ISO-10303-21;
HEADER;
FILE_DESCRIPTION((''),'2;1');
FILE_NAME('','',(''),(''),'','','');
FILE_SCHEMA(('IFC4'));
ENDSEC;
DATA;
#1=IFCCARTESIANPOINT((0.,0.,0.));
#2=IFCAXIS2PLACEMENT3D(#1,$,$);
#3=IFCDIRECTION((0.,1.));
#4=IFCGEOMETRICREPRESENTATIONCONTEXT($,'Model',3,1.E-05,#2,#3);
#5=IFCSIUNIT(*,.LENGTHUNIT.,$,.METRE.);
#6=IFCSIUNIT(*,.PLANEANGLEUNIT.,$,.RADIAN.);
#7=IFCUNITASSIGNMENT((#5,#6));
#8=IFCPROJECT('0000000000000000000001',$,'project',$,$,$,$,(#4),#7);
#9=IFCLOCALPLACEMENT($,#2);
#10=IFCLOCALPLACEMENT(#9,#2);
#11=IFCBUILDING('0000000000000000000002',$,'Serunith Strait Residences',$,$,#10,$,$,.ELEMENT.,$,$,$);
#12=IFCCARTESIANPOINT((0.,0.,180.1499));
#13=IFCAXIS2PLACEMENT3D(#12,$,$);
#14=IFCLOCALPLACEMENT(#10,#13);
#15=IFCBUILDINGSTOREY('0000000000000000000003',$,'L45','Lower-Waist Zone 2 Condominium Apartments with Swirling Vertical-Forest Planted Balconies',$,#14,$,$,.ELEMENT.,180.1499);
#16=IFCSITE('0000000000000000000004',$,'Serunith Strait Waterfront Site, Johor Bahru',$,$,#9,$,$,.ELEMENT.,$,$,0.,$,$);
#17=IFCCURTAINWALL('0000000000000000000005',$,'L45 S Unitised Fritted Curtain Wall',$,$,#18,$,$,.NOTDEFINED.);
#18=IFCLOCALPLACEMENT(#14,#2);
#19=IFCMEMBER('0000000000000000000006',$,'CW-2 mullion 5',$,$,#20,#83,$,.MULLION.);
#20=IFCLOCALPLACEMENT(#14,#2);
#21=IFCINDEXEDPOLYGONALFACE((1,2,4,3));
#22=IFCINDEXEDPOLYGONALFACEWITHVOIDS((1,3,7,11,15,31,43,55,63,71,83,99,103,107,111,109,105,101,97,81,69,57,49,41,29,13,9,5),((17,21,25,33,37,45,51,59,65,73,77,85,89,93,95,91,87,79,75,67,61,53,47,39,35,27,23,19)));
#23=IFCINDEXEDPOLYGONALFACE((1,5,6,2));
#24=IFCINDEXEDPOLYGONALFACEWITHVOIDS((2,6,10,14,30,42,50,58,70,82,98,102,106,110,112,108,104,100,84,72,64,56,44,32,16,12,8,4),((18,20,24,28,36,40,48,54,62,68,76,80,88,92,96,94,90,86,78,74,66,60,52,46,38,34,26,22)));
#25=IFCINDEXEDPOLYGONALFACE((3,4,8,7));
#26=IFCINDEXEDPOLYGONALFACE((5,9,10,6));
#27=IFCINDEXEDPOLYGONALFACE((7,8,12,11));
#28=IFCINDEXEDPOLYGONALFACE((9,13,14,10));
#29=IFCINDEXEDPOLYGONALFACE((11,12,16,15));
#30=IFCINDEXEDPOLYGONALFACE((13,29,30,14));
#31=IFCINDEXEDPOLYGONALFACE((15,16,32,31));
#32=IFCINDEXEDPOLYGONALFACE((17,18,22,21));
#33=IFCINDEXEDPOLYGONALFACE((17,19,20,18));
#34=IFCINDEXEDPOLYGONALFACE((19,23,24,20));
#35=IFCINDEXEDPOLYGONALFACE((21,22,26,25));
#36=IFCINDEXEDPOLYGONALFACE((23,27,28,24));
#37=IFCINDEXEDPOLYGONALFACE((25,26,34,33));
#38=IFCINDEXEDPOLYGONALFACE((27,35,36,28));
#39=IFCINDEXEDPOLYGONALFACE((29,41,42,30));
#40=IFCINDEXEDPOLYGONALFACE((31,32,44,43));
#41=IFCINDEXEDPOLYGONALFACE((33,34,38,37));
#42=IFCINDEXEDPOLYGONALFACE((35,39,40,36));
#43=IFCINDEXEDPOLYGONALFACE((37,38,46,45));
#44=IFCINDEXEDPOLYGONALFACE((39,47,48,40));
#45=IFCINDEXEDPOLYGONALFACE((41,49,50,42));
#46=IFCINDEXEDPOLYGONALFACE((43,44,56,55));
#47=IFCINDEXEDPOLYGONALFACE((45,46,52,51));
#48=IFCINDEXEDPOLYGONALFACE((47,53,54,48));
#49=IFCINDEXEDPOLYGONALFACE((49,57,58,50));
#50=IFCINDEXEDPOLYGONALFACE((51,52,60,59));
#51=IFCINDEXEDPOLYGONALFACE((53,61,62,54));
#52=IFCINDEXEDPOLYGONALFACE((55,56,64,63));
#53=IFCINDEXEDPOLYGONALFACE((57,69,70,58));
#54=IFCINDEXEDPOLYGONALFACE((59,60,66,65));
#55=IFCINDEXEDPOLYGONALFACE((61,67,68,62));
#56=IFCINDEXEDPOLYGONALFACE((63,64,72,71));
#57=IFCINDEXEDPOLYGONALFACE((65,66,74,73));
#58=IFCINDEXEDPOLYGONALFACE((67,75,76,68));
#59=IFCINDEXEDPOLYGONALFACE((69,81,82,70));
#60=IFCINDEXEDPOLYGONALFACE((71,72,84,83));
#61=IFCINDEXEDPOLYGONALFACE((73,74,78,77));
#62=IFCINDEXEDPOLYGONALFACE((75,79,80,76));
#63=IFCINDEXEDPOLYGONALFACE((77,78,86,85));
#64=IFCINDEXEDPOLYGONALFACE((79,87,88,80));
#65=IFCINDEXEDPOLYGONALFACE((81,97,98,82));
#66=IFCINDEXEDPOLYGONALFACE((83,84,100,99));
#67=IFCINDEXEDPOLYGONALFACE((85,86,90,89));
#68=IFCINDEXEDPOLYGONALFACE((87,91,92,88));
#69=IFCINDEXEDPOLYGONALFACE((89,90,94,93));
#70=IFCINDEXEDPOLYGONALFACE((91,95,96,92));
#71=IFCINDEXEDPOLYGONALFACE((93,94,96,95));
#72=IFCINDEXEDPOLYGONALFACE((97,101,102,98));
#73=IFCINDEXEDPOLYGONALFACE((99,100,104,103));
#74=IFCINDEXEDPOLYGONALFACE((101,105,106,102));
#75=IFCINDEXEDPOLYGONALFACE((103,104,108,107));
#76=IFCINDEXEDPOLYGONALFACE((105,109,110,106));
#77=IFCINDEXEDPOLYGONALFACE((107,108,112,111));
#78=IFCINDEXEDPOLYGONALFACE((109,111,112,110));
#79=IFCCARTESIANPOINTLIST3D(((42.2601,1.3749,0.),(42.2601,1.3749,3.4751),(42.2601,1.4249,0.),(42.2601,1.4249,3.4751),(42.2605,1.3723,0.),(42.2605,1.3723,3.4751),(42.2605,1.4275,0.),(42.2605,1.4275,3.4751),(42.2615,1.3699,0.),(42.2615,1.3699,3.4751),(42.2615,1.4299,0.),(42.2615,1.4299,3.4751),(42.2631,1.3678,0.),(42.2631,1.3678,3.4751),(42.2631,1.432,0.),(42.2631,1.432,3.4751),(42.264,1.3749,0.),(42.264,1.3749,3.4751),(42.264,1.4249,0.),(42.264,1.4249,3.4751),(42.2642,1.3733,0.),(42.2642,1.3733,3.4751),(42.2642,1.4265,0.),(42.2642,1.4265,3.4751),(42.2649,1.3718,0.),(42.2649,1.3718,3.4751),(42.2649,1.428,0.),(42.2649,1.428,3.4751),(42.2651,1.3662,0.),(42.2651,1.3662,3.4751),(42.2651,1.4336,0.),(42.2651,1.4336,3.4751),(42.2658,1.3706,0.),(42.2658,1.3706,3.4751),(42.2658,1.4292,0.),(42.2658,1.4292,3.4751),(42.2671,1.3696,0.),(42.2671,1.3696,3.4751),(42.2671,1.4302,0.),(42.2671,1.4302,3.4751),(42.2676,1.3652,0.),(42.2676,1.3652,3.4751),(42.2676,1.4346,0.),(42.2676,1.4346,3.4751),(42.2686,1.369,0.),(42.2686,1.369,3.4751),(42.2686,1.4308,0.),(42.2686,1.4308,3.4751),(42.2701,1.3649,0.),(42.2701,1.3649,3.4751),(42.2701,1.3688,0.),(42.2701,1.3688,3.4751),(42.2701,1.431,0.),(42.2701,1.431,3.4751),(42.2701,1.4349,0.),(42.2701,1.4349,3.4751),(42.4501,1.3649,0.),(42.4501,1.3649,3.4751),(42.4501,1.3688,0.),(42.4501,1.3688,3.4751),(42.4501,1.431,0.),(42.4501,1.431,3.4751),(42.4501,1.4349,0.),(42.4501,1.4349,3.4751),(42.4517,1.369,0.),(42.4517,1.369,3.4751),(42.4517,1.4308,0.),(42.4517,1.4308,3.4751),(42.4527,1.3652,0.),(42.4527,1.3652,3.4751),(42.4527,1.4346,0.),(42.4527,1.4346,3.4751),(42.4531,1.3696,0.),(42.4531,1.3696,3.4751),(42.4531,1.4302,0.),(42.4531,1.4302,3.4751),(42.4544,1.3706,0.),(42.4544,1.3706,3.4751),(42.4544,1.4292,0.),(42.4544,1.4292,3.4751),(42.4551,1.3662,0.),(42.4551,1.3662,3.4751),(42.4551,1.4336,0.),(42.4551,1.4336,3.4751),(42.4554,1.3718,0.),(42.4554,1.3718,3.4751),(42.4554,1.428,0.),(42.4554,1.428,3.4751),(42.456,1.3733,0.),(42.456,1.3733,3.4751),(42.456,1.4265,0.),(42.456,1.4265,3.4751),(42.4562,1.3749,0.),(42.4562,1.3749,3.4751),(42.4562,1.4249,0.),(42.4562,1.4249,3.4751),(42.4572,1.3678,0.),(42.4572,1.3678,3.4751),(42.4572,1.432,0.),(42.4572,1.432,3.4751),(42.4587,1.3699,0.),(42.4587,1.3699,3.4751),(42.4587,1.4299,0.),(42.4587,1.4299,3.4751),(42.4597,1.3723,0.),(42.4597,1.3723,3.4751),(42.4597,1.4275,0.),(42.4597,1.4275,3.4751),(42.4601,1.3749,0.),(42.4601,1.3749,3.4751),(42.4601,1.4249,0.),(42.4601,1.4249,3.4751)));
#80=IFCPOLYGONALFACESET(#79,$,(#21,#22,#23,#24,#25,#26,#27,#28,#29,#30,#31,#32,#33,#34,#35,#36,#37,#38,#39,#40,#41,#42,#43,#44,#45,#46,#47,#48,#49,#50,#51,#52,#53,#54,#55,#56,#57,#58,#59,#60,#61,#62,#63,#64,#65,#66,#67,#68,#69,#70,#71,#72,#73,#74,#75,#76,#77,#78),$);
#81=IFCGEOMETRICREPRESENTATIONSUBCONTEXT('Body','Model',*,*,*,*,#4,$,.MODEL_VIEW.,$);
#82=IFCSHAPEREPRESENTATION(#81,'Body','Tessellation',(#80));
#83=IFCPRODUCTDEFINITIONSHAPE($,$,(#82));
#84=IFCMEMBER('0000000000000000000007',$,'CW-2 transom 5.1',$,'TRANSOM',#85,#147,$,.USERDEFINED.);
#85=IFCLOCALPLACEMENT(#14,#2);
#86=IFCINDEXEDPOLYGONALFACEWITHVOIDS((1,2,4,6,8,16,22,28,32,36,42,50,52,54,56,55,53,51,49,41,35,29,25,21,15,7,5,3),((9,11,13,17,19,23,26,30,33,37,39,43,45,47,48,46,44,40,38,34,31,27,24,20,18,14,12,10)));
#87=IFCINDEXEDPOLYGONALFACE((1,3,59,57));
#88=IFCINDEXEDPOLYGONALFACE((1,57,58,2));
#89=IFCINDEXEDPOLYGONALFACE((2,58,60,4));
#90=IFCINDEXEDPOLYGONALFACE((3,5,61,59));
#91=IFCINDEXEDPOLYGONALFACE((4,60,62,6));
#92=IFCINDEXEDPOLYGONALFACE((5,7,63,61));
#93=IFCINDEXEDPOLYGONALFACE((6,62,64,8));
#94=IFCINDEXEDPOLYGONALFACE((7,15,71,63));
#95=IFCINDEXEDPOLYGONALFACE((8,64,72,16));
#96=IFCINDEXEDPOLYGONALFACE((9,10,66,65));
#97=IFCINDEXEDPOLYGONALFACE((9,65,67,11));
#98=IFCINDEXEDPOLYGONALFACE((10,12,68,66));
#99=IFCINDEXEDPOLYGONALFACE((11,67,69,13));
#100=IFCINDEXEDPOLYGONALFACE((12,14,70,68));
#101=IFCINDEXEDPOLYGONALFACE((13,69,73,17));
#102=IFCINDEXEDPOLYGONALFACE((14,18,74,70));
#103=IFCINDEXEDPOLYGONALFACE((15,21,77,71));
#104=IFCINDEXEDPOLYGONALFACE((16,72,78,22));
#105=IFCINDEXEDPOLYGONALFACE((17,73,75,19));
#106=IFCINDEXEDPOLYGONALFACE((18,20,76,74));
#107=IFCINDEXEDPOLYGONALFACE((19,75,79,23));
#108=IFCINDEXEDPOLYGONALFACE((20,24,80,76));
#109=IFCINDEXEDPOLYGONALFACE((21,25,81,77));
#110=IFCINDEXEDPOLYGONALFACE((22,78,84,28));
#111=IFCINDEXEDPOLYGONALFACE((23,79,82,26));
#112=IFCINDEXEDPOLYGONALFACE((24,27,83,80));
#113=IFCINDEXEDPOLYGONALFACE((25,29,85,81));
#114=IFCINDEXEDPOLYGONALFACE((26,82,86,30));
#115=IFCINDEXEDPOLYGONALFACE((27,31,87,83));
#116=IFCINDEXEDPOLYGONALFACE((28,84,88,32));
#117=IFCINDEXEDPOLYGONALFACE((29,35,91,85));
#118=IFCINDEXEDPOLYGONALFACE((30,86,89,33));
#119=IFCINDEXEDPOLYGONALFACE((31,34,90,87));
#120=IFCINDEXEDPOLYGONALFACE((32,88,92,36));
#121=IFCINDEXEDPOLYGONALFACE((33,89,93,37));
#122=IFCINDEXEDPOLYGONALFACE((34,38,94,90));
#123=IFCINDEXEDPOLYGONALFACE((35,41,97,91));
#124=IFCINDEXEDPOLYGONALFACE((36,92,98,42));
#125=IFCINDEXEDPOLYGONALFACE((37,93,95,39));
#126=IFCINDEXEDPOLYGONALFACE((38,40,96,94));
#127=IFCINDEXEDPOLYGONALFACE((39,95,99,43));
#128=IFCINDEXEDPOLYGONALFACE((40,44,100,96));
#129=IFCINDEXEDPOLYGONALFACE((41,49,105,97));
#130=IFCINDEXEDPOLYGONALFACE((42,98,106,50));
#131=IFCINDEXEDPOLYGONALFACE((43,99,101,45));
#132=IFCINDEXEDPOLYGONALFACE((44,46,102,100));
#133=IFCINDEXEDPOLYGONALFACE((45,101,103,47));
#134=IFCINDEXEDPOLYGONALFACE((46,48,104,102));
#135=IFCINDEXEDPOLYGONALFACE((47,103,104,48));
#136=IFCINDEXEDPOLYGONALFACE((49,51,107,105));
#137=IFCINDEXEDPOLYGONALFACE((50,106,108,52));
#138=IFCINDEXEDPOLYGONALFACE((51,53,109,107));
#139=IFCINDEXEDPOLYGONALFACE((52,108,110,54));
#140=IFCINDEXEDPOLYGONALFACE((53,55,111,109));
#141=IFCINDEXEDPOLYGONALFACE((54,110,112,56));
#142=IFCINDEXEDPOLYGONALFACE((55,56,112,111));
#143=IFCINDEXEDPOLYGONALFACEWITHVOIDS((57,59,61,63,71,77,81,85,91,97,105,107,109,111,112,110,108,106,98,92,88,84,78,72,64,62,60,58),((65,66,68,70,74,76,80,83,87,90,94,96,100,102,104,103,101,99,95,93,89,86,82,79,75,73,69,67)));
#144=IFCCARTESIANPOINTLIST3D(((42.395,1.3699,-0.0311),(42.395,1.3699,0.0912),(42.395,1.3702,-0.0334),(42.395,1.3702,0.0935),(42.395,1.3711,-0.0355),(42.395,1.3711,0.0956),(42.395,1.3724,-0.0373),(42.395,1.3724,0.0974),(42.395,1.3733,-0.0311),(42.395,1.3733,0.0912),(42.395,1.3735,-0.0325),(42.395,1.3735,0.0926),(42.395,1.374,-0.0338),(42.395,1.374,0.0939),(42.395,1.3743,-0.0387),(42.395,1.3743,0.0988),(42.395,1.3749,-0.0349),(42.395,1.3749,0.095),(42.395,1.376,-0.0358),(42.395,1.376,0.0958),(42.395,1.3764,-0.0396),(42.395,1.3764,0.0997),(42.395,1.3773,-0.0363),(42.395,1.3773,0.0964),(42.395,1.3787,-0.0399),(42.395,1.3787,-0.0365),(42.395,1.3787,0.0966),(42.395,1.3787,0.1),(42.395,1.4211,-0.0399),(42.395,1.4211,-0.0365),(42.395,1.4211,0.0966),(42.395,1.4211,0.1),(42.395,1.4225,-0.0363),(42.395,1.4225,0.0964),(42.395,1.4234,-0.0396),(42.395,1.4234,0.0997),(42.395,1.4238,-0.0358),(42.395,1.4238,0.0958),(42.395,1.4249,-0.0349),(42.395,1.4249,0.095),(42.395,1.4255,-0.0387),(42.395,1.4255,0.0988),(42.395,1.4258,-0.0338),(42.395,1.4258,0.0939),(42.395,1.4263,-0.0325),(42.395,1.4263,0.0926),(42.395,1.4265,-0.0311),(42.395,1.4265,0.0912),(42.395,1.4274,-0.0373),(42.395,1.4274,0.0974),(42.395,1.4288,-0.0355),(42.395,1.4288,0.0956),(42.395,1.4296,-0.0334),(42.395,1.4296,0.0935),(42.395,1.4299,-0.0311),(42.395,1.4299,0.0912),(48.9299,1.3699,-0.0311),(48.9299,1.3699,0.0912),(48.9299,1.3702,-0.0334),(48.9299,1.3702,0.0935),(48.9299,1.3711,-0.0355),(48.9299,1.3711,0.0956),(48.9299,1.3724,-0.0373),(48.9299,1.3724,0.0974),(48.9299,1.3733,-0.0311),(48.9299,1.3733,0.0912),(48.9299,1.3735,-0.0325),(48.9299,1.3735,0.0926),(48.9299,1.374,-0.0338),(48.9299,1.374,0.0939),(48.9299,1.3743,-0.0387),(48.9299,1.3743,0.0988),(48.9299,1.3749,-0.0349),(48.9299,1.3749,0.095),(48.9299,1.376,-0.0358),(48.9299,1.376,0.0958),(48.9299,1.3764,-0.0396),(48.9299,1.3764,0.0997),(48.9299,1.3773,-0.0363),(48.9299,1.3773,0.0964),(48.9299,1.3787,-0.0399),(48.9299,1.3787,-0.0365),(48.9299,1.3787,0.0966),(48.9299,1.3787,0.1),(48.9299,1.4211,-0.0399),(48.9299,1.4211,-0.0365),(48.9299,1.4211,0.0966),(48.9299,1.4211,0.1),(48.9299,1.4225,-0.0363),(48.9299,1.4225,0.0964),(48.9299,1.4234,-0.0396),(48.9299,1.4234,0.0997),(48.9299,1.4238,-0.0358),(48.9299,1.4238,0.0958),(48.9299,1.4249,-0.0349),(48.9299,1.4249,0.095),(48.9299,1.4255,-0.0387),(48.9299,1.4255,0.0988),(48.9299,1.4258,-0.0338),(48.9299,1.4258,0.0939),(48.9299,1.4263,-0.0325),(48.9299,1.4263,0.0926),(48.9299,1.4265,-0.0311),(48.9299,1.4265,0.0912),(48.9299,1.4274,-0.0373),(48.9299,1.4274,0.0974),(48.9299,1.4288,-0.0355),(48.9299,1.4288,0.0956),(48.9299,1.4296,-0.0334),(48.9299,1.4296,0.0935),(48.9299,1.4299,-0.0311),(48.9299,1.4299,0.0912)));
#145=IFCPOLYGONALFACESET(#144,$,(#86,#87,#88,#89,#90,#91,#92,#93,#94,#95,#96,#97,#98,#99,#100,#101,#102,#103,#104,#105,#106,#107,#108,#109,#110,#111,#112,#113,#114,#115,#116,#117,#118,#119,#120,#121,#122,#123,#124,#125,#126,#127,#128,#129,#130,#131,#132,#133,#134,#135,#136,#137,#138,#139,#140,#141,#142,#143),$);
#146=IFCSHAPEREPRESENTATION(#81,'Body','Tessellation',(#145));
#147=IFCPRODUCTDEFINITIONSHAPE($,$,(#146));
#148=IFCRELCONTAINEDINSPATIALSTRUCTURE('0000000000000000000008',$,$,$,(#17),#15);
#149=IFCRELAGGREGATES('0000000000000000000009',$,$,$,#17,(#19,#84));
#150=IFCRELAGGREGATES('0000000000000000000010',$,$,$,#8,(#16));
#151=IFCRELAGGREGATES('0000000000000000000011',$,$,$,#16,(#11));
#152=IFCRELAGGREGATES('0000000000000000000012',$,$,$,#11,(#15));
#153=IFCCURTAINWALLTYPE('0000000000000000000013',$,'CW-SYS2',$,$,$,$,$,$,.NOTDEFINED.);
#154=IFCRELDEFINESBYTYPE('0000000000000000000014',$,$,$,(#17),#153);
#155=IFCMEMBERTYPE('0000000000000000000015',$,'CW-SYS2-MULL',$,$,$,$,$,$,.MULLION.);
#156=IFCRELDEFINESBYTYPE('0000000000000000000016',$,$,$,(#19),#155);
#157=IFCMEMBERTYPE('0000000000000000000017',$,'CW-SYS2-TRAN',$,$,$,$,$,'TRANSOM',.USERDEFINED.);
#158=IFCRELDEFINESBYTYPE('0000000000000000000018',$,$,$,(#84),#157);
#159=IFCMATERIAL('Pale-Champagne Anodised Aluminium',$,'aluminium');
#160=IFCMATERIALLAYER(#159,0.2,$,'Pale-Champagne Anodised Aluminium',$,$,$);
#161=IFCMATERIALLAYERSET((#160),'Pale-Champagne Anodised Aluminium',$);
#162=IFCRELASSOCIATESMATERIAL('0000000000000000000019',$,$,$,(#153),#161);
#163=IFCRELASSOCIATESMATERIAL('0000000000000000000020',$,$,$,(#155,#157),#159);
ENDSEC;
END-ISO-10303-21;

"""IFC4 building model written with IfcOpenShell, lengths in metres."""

from ifc_helpers import new_model, si_unit, direction, frame, origin, origin_2d, place, context, subcontext, project, spatial, hollow_rectangle, extrude, source, transform, mapped, material, layer, layer_set, material_profile, profile_set, type_object, element, aggregate, save


model = new_model("IFC4")

# Units and contexts
model_context = context("Model", 3, precision=1e-05, world=origin(), true_north=direction((0.0, 1.0)))
body_context = subcontext(model_context, "Body", "Model", "MODEL_VIEW")
ifc_project = project(units=[si_unit("LENGTHUNIT", "METRE"), si_unit("PLANEANGLEUNIT", "RADIAN")], contexts=[model_context])

# Site, building, storey
site_placement = place(None, origin())
site = spatial("IfcSite", under=ifc_project, at=site_placement, Name="Serunith Strait Waterfront Site, Johor Bahru", CompositionType="ELEMENT", RefElevation=0.0)
building_placement = place(site_placement, origin())
building = spatial("IfcBuilding", under=site, at=building_placement, Name="Serunith Strait Residences", CompositionType="ELEMENT")
storey_placement = place(building_placement, frame((0.0, 0.0, 180.1499)))
storey = spatial("IfcBuildingStorey", under=building, at=storey_placement, Name="L45", Description="Lower-Waist Zone 2 Condominium Apartments with Swirling Vertical-Forest Planted Balconies", CompositionType="ELEMENT", Elevation=180.1499)

# Curtain wall, members
ifc_material_1 = material(Name="Pale-Champagne Anodised Aluminium", Category="aluminium")
ifc_layer_1 = layer(ifc_material_1, 0.2, Name="Pale-Champagne Anodised Aluminium")
ifc_layer_set_1 = layer_set([ifc_layer_1], Name="Pale-Champagne Anodised Aluminium")
curtain_wall_type = type_object("IfcCurtainWallType", Name="CW-SYS2", PredefinedType="NOTDEFINED", material=ifc_layer_set_1)
curtain_wall_placement = place(storey_placement, origin())
curtain_wall = element("IfcCurtainWall", 1, at=curtain_wall_placement, inside=storey, type_object=curtain_wall_type, Name="L45 S Unitised Fritted Curtain Wall", PredefinedType="NOTDEFINED")
ifc_material_profile_1 = material_profile(ifc_material_1, hollow_rectangle(XDim=0.0701, YDim=0.2, WallThickness=0.0039, InnerFilletRadius=0.0061, OuterFilletRadius=0.01, at=origin_2d()), Name="ALU 200x70x4")
ifc_profile_set_1 = profile_set([ifc_material_profile_1], Name="Pale-Champagne Anodised Aluminium")
member_type_1 = type_object("IfcMemberType", Name="CW-SYS2-MULL", PredefinedType="MULLION", material=ifc_profile_set_1)
shared_shape_1 = source(origin(), body_context, "Body", "SweptSolid", [
    extrude(hollow_rectangle(XDim=0.0701, YDim=0.2, WallThickness=0.0039, InnerFilletRadius=0.0061, OuterFilletRadius=0.01, at=origin_2d()), origin(), (0.0, 0.0, 1.0), 3.4751),
])
member_1_placement = place(storey_placement, frame((42.3601, 1.3999, 0.0), z_axis=(0.0, 0.0, 1.0), x_axis=(0.0, 1.0, 0.0)))
member_1 = element("IfcMember", 2, at=member_1_placement, type_object=member_type_1, Name="CW-2 mullion 5", PredefinedType="MULLION", context=body_context, shape_type="MappedRepresentation", body=[
    mapped(shared_shape_1, transform((0.0, 0.0, 0.0), scale=1.0)),
])
ifc_material_profile_2 = material_profile(ifc_material_1, hollow_rectangle(XDim=0.0601, YDim=0.1399, WallThickness=0.0034, InnerFilletRadius=0.0054, OuterFilletRadius=0.0088, at=origin_2d()), Name="ALU 140x60x3.5")
ifc_profile_set_2 = profile_set([ifc_material_profile_2], Name="Pale-Champagne Anodised Aluminium")
member_type_2 = type_object("IfcMemberType", Name="CW-SYS2-TRAN", ElementType="TRANSOM", PredefinedType="USERDEFINED", material=ifc_profile_set_2)
shared_shape_2 = source(origin(), body_context, "Body", "SweptSolid", [
    extrude(hollow_rectangle(XDim=0.0601, YDim=0.1399, WallThickness=0.0034, InnerFilletRadius=0.0054, OuterFilletRadius=0.0088, at=origin_2d()), origin(), (0.0, 0.0, 1.0), 6.5349),
])
member_2_placement = place(storey_placement, frame((42.395, 1.3999, 0.03), z_axis=(1.0, 0.0, 0.0), x_axis=(0.0, 1.0, 0.0)))
member_2 = element("IfcMember", 3, at=member_2_placement, type_object=member_type_2, Name="CW-2 transom 5.1", ObjectType="TRANSOM", PredefinedType="USERDEFINED", context=body_context, shape_type="MappedRepresentation", body=[
    mapped(shared_shape_2, transform((0.0, 0.0, 0.0), scale=1.0)),
])
aggregate(curtain_wall, [member_1, member_2])

save(model, "model.ifc")
